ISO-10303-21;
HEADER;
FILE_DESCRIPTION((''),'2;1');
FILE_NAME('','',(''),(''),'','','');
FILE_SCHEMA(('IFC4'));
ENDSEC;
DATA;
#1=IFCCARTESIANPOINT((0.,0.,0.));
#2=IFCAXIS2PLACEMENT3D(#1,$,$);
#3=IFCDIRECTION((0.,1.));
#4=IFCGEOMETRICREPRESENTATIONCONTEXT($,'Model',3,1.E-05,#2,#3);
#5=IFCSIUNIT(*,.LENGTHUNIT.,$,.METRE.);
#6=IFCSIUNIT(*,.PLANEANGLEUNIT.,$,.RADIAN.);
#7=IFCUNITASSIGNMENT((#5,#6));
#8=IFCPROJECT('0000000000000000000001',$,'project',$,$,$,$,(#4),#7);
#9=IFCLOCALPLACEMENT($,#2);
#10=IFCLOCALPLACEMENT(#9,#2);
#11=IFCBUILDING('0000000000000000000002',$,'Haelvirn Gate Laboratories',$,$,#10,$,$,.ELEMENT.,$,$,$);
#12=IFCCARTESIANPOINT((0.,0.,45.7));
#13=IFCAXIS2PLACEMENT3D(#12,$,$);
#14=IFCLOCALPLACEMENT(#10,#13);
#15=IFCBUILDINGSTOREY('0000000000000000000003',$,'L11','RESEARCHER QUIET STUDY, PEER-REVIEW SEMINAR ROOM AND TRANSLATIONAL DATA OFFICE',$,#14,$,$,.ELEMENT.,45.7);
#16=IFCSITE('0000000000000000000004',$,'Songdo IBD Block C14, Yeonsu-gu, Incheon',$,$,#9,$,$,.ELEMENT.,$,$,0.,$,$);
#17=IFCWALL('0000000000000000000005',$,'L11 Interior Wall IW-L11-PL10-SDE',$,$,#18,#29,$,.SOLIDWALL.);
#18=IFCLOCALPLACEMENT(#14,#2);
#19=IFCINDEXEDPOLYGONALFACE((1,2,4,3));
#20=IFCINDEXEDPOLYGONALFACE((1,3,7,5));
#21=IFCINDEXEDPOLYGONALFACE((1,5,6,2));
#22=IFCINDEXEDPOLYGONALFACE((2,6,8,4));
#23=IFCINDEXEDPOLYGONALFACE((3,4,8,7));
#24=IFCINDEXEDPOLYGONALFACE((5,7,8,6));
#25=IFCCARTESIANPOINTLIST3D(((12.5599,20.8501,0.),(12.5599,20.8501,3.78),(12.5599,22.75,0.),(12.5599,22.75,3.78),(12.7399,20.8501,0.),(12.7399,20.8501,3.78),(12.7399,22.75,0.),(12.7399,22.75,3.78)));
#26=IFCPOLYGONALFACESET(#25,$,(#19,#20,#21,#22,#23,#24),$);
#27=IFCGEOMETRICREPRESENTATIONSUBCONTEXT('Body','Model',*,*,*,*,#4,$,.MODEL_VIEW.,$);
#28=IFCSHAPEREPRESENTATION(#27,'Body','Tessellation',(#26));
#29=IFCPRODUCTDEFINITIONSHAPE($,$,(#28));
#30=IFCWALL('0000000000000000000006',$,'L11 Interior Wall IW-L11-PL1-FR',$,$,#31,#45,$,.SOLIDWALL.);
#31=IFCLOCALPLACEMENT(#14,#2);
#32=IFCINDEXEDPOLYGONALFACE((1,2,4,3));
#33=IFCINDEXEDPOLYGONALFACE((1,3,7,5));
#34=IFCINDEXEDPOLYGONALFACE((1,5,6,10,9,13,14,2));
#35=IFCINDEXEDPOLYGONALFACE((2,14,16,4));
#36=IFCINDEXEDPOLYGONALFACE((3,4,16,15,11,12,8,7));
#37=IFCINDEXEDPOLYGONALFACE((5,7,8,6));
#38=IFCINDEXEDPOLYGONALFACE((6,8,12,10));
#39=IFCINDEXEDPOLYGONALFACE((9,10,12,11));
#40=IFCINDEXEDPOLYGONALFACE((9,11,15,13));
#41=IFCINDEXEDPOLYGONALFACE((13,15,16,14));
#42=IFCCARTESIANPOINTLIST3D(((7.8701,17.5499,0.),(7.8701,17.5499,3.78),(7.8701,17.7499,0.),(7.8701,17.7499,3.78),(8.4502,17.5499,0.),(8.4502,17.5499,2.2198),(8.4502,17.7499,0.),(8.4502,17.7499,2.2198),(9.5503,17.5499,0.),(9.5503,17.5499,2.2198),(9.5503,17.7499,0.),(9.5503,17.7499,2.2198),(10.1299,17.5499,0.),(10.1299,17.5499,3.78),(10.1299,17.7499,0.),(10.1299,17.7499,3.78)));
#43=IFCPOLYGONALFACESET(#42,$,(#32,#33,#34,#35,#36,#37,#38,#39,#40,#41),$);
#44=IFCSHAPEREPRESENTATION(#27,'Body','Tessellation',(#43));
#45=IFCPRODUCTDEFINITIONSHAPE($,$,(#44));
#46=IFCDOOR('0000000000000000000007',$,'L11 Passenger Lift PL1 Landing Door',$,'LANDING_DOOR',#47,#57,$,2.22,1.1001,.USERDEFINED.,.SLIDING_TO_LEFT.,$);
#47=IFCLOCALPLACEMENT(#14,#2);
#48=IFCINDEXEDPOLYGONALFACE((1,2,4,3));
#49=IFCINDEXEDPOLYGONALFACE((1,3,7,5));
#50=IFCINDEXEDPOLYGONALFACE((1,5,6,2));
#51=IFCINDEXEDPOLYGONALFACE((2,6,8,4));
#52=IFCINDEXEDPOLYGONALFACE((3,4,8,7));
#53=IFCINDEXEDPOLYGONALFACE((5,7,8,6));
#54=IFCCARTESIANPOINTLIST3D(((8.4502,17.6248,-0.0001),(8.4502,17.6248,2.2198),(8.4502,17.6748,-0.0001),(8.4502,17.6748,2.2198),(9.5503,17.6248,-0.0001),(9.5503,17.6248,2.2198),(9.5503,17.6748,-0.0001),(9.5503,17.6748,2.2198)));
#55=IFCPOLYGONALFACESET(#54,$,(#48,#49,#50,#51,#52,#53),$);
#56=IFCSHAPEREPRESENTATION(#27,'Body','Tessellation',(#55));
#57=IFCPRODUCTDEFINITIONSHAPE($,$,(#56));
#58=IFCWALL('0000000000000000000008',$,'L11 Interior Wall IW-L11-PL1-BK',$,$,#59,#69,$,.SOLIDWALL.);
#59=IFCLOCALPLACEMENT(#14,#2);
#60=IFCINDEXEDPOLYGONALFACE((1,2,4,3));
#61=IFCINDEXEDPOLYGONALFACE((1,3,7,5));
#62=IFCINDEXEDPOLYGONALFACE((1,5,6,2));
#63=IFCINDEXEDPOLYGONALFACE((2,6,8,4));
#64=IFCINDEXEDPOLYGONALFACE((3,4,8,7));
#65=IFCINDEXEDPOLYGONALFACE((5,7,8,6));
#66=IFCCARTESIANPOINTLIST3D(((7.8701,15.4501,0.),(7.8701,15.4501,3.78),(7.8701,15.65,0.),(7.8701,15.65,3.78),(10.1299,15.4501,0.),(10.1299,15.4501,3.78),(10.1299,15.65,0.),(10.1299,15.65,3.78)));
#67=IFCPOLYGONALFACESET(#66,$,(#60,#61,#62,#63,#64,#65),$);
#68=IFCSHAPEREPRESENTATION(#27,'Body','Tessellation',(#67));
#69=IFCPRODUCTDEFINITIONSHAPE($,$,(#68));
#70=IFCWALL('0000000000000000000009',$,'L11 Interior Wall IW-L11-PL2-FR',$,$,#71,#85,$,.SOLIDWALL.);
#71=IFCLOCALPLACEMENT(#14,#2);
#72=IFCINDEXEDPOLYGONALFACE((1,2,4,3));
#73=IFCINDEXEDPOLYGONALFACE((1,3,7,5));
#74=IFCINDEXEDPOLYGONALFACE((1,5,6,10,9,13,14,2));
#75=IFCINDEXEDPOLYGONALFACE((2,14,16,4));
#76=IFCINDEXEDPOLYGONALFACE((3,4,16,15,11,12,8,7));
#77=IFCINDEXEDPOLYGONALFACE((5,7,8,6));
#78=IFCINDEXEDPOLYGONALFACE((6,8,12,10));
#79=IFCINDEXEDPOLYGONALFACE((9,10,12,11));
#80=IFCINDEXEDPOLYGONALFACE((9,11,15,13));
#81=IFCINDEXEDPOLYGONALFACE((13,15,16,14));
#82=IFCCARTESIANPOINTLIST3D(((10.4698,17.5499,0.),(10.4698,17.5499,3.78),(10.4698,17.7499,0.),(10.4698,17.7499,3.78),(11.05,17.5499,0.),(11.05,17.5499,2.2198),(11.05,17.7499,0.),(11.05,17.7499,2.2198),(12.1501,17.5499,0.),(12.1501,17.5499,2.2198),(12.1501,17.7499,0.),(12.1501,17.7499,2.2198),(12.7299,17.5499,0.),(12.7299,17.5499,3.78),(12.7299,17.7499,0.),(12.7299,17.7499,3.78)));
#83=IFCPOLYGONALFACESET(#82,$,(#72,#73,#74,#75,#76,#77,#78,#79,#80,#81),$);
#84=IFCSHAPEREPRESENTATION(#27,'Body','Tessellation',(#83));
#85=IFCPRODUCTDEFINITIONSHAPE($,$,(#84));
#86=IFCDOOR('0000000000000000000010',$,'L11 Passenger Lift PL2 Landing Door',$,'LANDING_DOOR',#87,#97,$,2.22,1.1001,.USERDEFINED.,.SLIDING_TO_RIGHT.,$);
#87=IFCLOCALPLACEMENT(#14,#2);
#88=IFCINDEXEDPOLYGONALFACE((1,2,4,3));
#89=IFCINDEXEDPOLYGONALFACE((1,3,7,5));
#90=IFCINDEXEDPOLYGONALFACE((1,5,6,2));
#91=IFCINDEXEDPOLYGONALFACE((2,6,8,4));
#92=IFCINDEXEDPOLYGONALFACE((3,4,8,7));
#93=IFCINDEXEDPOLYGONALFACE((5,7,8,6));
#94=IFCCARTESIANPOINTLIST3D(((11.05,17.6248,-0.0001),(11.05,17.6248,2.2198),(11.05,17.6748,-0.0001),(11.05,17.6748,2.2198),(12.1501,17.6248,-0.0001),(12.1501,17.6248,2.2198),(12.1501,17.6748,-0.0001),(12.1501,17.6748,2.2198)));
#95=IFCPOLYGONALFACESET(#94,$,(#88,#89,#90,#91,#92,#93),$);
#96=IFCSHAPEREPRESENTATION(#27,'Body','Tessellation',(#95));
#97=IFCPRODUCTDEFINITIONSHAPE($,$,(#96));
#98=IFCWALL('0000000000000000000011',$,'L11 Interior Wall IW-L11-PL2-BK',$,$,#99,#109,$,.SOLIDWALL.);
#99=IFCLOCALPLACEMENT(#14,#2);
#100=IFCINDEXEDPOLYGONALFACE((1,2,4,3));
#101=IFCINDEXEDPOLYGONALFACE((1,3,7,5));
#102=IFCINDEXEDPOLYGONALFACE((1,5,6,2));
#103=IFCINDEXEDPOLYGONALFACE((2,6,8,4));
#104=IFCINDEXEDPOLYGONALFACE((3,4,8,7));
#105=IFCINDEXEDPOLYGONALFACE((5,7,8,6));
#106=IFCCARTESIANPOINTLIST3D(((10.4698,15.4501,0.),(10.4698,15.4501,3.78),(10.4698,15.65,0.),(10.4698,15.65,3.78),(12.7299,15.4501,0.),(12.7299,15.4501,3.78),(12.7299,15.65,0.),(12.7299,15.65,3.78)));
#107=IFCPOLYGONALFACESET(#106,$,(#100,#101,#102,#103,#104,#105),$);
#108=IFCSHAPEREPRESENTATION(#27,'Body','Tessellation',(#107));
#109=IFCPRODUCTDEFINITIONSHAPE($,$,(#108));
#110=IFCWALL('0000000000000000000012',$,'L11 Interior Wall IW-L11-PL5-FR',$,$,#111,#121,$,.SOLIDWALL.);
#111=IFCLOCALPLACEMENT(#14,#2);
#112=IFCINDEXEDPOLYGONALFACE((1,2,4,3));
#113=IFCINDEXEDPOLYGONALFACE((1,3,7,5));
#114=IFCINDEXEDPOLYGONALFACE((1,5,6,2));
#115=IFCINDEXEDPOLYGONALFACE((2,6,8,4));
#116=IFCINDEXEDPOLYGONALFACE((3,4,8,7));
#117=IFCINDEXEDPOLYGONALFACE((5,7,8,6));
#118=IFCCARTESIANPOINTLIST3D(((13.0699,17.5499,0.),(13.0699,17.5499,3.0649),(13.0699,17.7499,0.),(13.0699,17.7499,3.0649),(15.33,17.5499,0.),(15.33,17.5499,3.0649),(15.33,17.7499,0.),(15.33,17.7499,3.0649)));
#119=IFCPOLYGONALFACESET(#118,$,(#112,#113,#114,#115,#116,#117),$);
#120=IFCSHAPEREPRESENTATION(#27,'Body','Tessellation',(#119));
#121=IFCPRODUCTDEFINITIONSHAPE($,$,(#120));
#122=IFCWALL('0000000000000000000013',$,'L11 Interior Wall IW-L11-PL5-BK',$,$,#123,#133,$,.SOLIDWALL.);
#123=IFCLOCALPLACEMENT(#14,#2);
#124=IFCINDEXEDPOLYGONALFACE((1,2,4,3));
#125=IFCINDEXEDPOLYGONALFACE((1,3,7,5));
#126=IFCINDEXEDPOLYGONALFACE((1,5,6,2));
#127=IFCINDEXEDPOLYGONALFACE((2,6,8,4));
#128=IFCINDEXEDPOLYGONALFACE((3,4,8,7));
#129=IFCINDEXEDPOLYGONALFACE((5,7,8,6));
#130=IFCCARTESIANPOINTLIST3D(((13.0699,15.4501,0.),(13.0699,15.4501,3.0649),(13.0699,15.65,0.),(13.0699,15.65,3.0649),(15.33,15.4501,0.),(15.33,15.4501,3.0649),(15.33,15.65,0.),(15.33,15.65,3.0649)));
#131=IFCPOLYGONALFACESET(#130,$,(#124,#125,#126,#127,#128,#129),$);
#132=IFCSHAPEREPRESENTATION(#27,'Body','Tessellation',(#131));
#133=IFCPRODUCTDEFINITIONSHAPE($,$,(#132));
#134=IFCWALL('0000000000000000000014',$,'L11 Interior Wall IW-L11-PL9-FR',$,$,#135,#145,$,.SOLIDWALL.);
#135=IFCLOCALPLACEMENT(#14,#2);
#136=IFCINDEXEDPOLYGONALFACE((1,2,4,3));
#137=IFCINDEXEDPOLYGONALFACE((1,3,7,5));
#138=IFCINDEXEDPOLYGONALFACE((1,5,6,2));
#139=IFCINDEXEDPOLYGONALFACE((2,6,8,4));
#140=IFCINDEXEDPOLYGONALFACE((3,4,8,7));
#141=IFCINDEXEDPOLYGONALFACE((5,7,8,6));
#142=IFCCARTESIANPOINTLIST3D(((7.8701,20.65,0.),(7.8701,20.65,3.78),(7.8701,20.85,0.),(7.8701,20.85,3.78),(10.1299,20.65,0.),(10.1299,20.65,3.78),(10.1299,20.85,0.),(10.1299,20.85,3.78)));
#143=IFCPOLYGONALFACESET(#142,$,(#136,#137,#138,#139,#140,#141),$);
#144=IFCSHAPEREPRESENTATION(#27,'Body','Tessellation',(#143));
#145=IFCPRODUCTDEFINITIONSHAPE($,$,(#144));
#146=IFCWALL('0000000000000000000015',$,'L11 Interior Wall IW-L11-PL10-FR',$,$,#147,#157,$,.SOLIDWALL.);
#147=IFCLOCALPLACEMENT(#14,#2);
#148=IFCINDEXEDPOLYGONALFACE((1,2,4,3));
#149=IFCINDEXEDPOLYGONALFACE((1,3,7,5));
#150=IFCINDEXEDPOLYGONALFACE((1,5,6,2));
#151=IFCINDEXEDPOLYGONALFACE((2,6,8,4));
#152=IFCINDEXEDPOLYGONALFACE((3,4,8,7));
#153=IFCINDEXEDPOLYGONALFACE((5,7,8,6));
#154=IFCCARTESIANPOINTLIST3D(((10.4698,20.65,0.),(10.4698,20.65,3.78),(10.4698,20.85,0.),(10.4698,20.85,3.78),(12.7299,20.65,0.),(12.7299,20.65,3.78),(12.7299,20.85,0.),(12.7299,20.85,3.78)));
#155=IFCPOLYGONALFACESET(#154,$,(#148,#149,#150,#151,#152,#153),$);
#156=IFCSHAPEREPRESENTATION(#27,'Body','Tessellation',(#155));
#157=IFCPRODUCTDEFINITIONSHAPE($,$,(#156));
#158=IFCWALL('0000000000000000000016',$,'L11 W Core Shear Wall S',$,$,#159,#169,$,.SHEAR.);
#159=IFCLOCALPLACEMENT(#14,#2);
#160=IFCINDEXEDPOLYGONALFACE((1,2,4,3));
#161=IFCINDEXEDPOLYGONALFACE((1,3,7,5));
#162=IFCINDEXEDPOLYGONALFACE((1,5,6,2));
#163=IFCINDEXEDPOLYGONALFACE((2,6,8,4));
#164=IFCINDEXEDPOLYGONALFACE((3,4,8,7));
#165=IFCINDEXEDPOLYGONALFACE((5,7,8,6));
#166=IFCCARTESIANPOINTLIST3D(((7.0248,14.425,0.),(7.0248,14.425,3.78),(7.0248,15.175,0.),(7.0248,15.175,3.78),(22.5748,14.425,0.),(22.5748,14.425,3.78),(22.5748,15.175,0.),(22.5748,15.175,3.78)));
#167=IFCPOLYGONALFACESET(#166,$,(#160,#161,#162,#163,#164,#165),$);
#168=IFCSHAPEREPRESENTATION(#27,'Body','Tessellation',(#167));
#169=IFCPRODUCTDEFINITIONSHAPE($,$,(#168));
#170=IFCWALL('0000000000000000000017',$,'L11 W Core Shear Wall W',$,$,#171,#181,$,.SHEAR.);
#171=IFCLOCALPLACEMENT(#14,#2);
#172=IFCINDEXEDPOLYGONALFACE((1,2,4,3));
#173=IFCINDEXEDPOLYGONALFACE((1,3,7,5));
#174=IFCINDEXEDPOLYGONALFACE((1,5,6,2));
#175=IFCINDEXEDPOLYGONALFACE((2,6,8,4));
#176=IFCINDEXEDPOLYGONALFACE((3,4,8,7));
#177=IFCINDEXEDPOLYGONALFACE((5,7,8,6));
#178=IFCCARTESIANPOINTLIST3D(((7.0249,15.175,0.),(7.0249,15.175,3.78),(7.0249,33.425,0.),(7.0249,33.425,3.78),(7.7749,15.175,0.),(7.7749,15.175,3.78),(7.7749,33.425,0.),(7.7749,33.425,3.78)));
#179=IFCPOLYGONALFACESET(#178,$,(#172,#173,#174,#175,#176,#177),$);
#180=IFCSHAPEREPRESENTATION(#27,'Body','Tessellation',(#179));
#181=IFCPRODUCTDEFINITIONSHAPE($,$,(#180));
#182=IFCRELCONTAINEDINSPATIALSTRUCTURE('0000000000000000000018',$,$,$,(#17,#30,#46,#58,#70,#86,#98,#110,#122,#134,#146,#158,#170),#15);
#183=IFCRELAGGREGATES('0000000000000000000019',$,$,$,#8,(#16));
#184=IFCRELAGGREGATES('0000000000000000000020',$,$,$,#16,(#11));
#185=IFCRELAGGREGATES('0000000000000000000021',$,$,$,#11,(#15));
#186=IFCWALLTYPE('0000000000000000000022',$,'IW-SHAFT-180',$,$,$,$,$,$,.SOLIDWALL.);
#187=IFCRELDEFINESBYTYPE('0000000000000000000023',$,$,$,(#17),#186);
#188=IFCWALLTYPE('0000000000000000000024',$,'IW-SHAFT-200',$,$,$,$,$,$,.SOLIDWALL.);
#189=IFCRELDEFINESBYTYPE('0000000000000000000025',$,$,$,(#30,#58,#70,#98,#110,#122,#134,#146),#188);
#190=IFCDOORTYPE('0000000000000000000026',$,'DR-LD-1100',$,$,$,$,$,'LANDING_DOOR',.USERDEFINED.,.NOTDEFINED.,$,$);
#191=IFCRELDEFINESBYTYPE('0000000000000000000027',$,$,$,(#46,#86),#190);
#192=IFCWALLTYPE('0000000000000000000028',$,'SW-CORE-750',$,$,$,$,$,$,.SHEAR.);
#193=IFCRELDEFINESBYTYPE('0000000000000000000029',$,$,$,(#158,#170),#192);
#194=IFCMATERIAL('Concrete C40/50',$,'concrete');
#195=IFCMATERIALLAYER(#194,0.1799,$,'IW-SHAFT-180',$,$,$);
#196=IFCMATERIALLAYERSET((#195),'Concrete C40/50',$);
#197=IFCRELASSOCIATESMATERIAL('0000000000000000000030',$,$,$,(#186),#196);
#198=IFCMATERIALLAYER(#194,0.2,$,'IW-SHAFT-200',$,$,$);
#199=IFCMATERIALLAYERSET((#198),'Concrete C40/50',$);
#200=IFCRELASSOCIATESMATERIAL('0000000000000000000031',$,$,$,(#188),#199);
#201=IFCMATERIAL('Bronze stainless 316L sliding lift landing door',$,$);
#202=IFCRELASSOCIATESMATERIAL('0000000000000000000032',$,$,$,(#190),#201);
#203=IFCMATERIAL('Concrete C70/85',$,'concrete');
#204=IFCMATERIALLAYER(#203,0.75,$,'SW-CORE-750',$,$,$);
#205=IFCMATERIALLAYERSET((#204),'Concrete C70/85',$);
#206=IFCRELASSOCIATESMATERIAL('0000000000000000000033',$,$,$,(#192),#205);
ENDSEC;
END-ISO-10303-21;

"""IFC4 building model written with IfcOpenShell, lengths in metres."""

from ifc_helpers import new_model, si_unit, direction, frame, frame_2d, origin, place, context, subcontext, project, spatial, rectangle, extrude, source, transform, mapped, material, layer, layer_set, type_object, type_shapes, element, fill, save


model = new_model("IFC4")

# Units and contexts
model_context = context("Model", 3, precision=1e-05, world=origin(), true_north=direction((0.0, 1.0)))
body_context = subcontext(model_context, "Body", "Model", "MODEL_VIEW")
ifc_project = project(units=[si_unit("LENGTHUNIT", "METRE"), si_unit("PLANEANGLEUNIT", "RADIAN")], contexts=[model_context])

# Site, building, storey
site_placement = place(None, origin())
site = spatial("IfcSite", under=ifc_project, at=site_placement, Name="Songdo IBD Block C14, Yeonsu-gu, Incheon", CompositionType="ELEMENT", RefElevation=0.0)
building_placement = place(site_placement, origin())
building = spatial("IfcBuilding", under=site, at=building_placement, Name="Haelvirn Gate Laboratories", CompositionType="ELEMENT")
storey_placement = place(building_placement, frame((0.0, 0.0, 45.7)))
storey = spatial("IfcBuildingStorey", under=building, at=storey_placement, Name="L11", Description="RESEARCHER QUIET STUDY, PEER-REVIEW SEMINAR ROOM AND TRANSLATIONAL DATA OFFICE", CompositionType="ELEMENT", Elevation=45.7)

# Shared definitions
ifc_material_1 = material(Name="Concrete C70/85", Category="concrete")

# Wall
ifc_material_2 = material(Name="Concrete C40/50", Category="concrete")
ifc_layer_1 = layer(ifc_material_2, 0.1799, Name="IW-SHAFT-180")
ifc_layer_set_1 = layer_set([ifc_layer_1], Name="Concrete C40/50")
wall_type_1 = type_object("IfcWallType", Name="IW-SHAFT-180", PredefinedType="SOLIDWALL", material=ifc_layer_set_1)
for number, where, z_axis, x_axis, name in (
    (1, (12.6499, 20.8501, 0.0), (0.0, 0.0, 1.0), (0.0, 1.0, 0.0), "L11 Interior Wall IW-L11-PL10-SDE"),
):
    element("IfcWall", number, at=place(storey_placement, frame(where, z_axis=z_axis, x_axis=x_axis)), inside=storey, type_object=wall_type_1, Name=name, PredefinedType="SOLIDWALL", context=body_context, shape_type="SweptSolid", body=[
        extrude(rectangle(XDim=1.8999, YDim=0.1799, at=frame_2d((0.95, 0.0))), origin(), (0.0, 0.0, 1.0), 3.78),
    ])

# Wall, opening, door
ifc_layer_2 = layer(ifc_material_2, 0.2, Name="IW-SHAFT-200")
ifc_layer_set_2 = layer_set([ifc_layer_2], Name="Concrete C40/50")
wall_type_2 = type_object("IfcWallType", Name="IW-SHAFT-200", PredefinedType="SOLIDWALL", material=ifc_layer_set_2)
wall_1_placement = place(storey_placement, frame((7.8701, 17.6499, 0.0), z_axis=(0.0, 0.0, 1.0), x_axis=(1.0, 0.0, 0.0)))
wall_1 = element("IfcWall", 2, at=wall_1_placement, inside=storey, type_object=wall_type_2, Name="L11 Interior Wall IW-L11-PL1-FR", PredefinedType="SOLIDWALL", context=body_context, shape_type="SweptSolid", body=[
    extrude(rectangle(XDim=2.2598, YDim=0.2, at=frame_2d((1.1299, 0.0))), origin(), (0.0, 0.0, 1.0), 3.78),
])
opening_1_placement = place(wall_1_placement, frame((0.5801, 0.0, 0.0)))
opening_1 = element("IfcOpeningElement", 3, at=opening_1_placement, cuts=wall_1, PredefinedType="OPENING", context=body_context, shape_type="SweptSolid", body=[
    extrude(rectangle(XDim=1.1001, YDim=2.22, at=frame_2d((0.55, 1.1099))), frame((0.0, 0.1099, 0.0), z_axis=(0.0, -1.0, 0.0), x_axis=(1.0, 0.0, 0.0)), (0.0, 0.0, 1.0), 0.22),
])
ifc_material_3 = material(Name="Bronze stainless 316L sliding lift landing door")
door_type_1 = type_object("IfcDoorType", Name="DR-LD-1100", ElementType="LANDING_DOOR", OperationType="NOTDEFINED", PredefinedType="USERDEFINED", material=ifc_material_3)
shared_shape_1 = source(origin(), body_context, "Body", "SweptSolid", [
    extrude(rectangle(XDim=1.1001, YDim=2.22, at=frame_2d((0.55, 1.1099))), frame((0.0, 0.0249, 0.0), z_axis=(0.0, -1.0, 0.0), x_axis=(1.0, 0.0, 0.0)), (0.0, 0.0, 1.0), 0.05),
])
type_shapes(door_type_1, [shared_shape_1])
door_1_placement = place(opening_1_placement, origin())
door_1 = element("IfcDoor", 4, at=door_1_placement, inside=storey, type_object=door_type_1, Name="L11 Passenger Lift PL1 Landing Door", ObjectType="LANDING_DOOR", OperationType="SLIDING_TO_LEFT", OverallHeight=2.22, OverallWidth=1.1001, PredefinedType="USERDEFINED", context=body_context, shape_type="MappedRepresentation", body=[
    mapped(shared_shape_1, transform((0.0, 0.0, 0.0), scale=1.0)),
])
fill(opening_1, door_1)

# Wall
wall_2_placement = place(storey_placement, frame((7.8701, 15.55, 0.0), z_axis=(0.0, 0.0, 1.0), x_axis=(1.0, 0.0, 0.0)))
element("IfcWall", 5, at=wall_2_placement, inside=storey, type_object=wall_type_2, Name="L11 Interior Wall IW-L11-PL1-BK", PredefinedType="SOLIDWALL", context=body_context, shape_type="SweptSolid", body=[
    extrude(rectangle(XDim=2.2598, YDim=0.2, at=frame_2d((1.1299, 0.0))), origin(), (0.0, 0.0, 1.0), 3.78),
])

# Wall, opening, door
wall_3_placement = place(storey_placement, frame((10.47, 17.6499, 0.0), z_axis=(0.0, 0.0, 1.0), x_axis=(1.0, 0.0, 0.0)))
wall_3 = element("IfcWall", 6, at=wall_3_placement, inside=storey, type_object=wall_type_2, Name="L11 Interior Wall IW-L11-PL2-FR", PredefinedType="SOLIDWALL", context=body_context, shape_type="SweptSolid", body=[
    extrude(rectangle(XDim=2.26, YDim=0.2, at=frame_2d((1.1299, 0.0))), origin(), (0.0, 0.0, 1.0), 3.78),
])
opening_2_placement = place(wall_3_placement, frame((0.5801, 0.0, 0.0)))
opening_2 = element("IfcOpeningElement", 7, at=opening_2_placement, cuts=wall_3, PredefinedType="OPENING", context=body_context, shape_type="SweptSolid", body=[
    extrude(rectangle(XDim=1.1001, YDim=2.22, at=frame_2d((0.55, 1.1099))), frame((0.0, 0.1099, 0.0), z_axis=(0.0, -1.0, 0.0), x_axis=(1.0, 0.0, 0.0)), (0.0, 0.0, 1.0), 0.22),
])
door_2_placement = place(opening_2_placement, origin())
door_2 = element("IfcDoor", 8, at=door_2_placement, inside=storey, type_object=door_type_1, Name="L11 Passenger Lift PL2 Landing Door", ObjectType="LANDING_DOOR", OperationType="SLIDING_TO_RIGHT", OverallHeight=2.22, OverallWidth=1.1001, PredefinedType="USERDEFINED", context=body_context, shape_type="MappedRepresentation", body=[
    mapped(shared_shape_1, transform((0.0, 0.0, 0.0), scale=1.0)),
])
fill(opening_2, door_2)

# Walls
wall_4_placement = place(storey_placement, frame((10.47, 15.55, 0.0), z_axis=(0.0, 0.0, 1.0), x_axis=(1.0, 0.0, 0.0)))
element("IfcWall", 9, at=wall_4_placement, inside=storey, type_object=wall_type_2, Name="L11 Interior Wall IW-L11-PL2-BK", PredefinedType="SOLIDWALL", context=body_context, shape_type="SweptSolid", body=[
    extrude(rectangle(XDim=2.26, YDim=0.2, at=frame_2d((1.1299, 0.0))), origin(), (0.0, 0.0, 1.0), 3.78),
])
for number, where, z_axis, x_axis, name in (
    (10, (13.0701, 17.6499, 0.0), (0.0, 0.0, 1.0), (1.0, 0.0, 0.0), "L11 Interior Wall IW-L11-PL5-FR"),
    (11, (13.0701, 15.55, 0.0), (0.0, 0.0, 1.0), (1.0, 0.0, 0.0), "L11 Interior Wall IW-L11-PL5-BK"),
):
    element("IfcWall", number, at=place(storey_placement, frame(where, z_axis=z_axis, x_axis=x_axis)), inside=storey, type_object=wall_type_2, Name=name, PredefinedType="SOLIDWALL", context=body_context, shape_type="SweptSolid", body=[
        extrude(rectangle(XDim=2.26, YDim=0.2, at=frame_2d((1.1299, 0.0))), origin(), (0.0, 0.0, 1.0), 3.0649),
    ])
wall_5_placement = place(storey_placement, frame((7.8701, 20.75, 0.0), z_axis=(0.0, 0.0, 1.0), x_axis=(1.0, 0.0, 0.0)))
element("IfcWall", 12, at=wall_5_placement, inside=storey, type_object=wall_type_2, Name="L11 Interior Wall IW-L11-PL9-FR", PredefinedType="SOLIDWALL", context=body_context, shape_type="SweptSolid", body=[
    extrude(rectangle(XDim=2.2598, YDim=0.2, at=frame_2d((1.1299, 0.0))), origin(), (0.0, 0.0, 1.0), 3.78),
])
wall_6_placement = place(storey_placement, frame((10.47, 20.75, 0.0), z_axis=(0.0, 0.0, 1.0), x_axis=(1.0, 0.0, 0.0)))
element("IfcWall", 13, at=wall_6_placement, inside=storey, type_object=wall_type_2, Name="L11 Interior Wall IW-L11-PL10-FR", PredefinedType="SOLIDWALL", context=body_context, shape_type="SweptSolid", body=[
    extrude(rectangle(XDim=2.26, YDim=0.2, at=frame_2d((1.1299, 0.0))), origin(), (0.0, 0.0, 1.0), 3.78),
])
ifc_layer_3 = layer(ifc_material_1, 0.75, Name="SW-CORE-750")
ifc_layer_set_3 = layer_set([ifc_layer_3], Name="Concrete C70/85")
wall_type_3 = type_object("IfcWallType", Name="SW-CORE-750", PredefinedType="SHEAR", material=ifc_layer_set_3)
wall_7_placement = place(storey_placement, frame((7.0249, 14.8, 0.0), z_axis=(0.0, 0.0, 1.0), x_axis=(1.0, 0.0, 0.0)))
element("IfcWall", 14, at=wall_7_placement, inside=storey, type_object=wall_type_3, Name="L11 W Core Shear Wall S", PredefinedType="SHEAR", context=body_context, shape_type="SweptSolid", body=[
    extrude(rectangle(XDim=15.55, YDim=0.75, at=frame_2d((7.7749, 0.0))), origin(), (0.0, 0.0, 1.0), 3.78),
])
wall_8_placement = place(storey_placement, frame((7.3999, 15.175, 0.0), z_axis=(0.0, 0.0, 1.0), x_axis=(0.0, 1.0, 0.0)))
element("IfcWall", 15, at=wall_8_placement, inside=storey, type_object=wall_type_3, Name="L11 W Core Shear Wall W", PredefinedType="SHEAR", context=body_context, shape_type="SweptSolid", body=[
    extrude(rectangle(XDim=18.25, YDim=0.75, at=frame_2d((9.125, 0.0))), origin(), (0.0, 0.0, 1.0), 3.78),
])

save(model, "model.ifc")
